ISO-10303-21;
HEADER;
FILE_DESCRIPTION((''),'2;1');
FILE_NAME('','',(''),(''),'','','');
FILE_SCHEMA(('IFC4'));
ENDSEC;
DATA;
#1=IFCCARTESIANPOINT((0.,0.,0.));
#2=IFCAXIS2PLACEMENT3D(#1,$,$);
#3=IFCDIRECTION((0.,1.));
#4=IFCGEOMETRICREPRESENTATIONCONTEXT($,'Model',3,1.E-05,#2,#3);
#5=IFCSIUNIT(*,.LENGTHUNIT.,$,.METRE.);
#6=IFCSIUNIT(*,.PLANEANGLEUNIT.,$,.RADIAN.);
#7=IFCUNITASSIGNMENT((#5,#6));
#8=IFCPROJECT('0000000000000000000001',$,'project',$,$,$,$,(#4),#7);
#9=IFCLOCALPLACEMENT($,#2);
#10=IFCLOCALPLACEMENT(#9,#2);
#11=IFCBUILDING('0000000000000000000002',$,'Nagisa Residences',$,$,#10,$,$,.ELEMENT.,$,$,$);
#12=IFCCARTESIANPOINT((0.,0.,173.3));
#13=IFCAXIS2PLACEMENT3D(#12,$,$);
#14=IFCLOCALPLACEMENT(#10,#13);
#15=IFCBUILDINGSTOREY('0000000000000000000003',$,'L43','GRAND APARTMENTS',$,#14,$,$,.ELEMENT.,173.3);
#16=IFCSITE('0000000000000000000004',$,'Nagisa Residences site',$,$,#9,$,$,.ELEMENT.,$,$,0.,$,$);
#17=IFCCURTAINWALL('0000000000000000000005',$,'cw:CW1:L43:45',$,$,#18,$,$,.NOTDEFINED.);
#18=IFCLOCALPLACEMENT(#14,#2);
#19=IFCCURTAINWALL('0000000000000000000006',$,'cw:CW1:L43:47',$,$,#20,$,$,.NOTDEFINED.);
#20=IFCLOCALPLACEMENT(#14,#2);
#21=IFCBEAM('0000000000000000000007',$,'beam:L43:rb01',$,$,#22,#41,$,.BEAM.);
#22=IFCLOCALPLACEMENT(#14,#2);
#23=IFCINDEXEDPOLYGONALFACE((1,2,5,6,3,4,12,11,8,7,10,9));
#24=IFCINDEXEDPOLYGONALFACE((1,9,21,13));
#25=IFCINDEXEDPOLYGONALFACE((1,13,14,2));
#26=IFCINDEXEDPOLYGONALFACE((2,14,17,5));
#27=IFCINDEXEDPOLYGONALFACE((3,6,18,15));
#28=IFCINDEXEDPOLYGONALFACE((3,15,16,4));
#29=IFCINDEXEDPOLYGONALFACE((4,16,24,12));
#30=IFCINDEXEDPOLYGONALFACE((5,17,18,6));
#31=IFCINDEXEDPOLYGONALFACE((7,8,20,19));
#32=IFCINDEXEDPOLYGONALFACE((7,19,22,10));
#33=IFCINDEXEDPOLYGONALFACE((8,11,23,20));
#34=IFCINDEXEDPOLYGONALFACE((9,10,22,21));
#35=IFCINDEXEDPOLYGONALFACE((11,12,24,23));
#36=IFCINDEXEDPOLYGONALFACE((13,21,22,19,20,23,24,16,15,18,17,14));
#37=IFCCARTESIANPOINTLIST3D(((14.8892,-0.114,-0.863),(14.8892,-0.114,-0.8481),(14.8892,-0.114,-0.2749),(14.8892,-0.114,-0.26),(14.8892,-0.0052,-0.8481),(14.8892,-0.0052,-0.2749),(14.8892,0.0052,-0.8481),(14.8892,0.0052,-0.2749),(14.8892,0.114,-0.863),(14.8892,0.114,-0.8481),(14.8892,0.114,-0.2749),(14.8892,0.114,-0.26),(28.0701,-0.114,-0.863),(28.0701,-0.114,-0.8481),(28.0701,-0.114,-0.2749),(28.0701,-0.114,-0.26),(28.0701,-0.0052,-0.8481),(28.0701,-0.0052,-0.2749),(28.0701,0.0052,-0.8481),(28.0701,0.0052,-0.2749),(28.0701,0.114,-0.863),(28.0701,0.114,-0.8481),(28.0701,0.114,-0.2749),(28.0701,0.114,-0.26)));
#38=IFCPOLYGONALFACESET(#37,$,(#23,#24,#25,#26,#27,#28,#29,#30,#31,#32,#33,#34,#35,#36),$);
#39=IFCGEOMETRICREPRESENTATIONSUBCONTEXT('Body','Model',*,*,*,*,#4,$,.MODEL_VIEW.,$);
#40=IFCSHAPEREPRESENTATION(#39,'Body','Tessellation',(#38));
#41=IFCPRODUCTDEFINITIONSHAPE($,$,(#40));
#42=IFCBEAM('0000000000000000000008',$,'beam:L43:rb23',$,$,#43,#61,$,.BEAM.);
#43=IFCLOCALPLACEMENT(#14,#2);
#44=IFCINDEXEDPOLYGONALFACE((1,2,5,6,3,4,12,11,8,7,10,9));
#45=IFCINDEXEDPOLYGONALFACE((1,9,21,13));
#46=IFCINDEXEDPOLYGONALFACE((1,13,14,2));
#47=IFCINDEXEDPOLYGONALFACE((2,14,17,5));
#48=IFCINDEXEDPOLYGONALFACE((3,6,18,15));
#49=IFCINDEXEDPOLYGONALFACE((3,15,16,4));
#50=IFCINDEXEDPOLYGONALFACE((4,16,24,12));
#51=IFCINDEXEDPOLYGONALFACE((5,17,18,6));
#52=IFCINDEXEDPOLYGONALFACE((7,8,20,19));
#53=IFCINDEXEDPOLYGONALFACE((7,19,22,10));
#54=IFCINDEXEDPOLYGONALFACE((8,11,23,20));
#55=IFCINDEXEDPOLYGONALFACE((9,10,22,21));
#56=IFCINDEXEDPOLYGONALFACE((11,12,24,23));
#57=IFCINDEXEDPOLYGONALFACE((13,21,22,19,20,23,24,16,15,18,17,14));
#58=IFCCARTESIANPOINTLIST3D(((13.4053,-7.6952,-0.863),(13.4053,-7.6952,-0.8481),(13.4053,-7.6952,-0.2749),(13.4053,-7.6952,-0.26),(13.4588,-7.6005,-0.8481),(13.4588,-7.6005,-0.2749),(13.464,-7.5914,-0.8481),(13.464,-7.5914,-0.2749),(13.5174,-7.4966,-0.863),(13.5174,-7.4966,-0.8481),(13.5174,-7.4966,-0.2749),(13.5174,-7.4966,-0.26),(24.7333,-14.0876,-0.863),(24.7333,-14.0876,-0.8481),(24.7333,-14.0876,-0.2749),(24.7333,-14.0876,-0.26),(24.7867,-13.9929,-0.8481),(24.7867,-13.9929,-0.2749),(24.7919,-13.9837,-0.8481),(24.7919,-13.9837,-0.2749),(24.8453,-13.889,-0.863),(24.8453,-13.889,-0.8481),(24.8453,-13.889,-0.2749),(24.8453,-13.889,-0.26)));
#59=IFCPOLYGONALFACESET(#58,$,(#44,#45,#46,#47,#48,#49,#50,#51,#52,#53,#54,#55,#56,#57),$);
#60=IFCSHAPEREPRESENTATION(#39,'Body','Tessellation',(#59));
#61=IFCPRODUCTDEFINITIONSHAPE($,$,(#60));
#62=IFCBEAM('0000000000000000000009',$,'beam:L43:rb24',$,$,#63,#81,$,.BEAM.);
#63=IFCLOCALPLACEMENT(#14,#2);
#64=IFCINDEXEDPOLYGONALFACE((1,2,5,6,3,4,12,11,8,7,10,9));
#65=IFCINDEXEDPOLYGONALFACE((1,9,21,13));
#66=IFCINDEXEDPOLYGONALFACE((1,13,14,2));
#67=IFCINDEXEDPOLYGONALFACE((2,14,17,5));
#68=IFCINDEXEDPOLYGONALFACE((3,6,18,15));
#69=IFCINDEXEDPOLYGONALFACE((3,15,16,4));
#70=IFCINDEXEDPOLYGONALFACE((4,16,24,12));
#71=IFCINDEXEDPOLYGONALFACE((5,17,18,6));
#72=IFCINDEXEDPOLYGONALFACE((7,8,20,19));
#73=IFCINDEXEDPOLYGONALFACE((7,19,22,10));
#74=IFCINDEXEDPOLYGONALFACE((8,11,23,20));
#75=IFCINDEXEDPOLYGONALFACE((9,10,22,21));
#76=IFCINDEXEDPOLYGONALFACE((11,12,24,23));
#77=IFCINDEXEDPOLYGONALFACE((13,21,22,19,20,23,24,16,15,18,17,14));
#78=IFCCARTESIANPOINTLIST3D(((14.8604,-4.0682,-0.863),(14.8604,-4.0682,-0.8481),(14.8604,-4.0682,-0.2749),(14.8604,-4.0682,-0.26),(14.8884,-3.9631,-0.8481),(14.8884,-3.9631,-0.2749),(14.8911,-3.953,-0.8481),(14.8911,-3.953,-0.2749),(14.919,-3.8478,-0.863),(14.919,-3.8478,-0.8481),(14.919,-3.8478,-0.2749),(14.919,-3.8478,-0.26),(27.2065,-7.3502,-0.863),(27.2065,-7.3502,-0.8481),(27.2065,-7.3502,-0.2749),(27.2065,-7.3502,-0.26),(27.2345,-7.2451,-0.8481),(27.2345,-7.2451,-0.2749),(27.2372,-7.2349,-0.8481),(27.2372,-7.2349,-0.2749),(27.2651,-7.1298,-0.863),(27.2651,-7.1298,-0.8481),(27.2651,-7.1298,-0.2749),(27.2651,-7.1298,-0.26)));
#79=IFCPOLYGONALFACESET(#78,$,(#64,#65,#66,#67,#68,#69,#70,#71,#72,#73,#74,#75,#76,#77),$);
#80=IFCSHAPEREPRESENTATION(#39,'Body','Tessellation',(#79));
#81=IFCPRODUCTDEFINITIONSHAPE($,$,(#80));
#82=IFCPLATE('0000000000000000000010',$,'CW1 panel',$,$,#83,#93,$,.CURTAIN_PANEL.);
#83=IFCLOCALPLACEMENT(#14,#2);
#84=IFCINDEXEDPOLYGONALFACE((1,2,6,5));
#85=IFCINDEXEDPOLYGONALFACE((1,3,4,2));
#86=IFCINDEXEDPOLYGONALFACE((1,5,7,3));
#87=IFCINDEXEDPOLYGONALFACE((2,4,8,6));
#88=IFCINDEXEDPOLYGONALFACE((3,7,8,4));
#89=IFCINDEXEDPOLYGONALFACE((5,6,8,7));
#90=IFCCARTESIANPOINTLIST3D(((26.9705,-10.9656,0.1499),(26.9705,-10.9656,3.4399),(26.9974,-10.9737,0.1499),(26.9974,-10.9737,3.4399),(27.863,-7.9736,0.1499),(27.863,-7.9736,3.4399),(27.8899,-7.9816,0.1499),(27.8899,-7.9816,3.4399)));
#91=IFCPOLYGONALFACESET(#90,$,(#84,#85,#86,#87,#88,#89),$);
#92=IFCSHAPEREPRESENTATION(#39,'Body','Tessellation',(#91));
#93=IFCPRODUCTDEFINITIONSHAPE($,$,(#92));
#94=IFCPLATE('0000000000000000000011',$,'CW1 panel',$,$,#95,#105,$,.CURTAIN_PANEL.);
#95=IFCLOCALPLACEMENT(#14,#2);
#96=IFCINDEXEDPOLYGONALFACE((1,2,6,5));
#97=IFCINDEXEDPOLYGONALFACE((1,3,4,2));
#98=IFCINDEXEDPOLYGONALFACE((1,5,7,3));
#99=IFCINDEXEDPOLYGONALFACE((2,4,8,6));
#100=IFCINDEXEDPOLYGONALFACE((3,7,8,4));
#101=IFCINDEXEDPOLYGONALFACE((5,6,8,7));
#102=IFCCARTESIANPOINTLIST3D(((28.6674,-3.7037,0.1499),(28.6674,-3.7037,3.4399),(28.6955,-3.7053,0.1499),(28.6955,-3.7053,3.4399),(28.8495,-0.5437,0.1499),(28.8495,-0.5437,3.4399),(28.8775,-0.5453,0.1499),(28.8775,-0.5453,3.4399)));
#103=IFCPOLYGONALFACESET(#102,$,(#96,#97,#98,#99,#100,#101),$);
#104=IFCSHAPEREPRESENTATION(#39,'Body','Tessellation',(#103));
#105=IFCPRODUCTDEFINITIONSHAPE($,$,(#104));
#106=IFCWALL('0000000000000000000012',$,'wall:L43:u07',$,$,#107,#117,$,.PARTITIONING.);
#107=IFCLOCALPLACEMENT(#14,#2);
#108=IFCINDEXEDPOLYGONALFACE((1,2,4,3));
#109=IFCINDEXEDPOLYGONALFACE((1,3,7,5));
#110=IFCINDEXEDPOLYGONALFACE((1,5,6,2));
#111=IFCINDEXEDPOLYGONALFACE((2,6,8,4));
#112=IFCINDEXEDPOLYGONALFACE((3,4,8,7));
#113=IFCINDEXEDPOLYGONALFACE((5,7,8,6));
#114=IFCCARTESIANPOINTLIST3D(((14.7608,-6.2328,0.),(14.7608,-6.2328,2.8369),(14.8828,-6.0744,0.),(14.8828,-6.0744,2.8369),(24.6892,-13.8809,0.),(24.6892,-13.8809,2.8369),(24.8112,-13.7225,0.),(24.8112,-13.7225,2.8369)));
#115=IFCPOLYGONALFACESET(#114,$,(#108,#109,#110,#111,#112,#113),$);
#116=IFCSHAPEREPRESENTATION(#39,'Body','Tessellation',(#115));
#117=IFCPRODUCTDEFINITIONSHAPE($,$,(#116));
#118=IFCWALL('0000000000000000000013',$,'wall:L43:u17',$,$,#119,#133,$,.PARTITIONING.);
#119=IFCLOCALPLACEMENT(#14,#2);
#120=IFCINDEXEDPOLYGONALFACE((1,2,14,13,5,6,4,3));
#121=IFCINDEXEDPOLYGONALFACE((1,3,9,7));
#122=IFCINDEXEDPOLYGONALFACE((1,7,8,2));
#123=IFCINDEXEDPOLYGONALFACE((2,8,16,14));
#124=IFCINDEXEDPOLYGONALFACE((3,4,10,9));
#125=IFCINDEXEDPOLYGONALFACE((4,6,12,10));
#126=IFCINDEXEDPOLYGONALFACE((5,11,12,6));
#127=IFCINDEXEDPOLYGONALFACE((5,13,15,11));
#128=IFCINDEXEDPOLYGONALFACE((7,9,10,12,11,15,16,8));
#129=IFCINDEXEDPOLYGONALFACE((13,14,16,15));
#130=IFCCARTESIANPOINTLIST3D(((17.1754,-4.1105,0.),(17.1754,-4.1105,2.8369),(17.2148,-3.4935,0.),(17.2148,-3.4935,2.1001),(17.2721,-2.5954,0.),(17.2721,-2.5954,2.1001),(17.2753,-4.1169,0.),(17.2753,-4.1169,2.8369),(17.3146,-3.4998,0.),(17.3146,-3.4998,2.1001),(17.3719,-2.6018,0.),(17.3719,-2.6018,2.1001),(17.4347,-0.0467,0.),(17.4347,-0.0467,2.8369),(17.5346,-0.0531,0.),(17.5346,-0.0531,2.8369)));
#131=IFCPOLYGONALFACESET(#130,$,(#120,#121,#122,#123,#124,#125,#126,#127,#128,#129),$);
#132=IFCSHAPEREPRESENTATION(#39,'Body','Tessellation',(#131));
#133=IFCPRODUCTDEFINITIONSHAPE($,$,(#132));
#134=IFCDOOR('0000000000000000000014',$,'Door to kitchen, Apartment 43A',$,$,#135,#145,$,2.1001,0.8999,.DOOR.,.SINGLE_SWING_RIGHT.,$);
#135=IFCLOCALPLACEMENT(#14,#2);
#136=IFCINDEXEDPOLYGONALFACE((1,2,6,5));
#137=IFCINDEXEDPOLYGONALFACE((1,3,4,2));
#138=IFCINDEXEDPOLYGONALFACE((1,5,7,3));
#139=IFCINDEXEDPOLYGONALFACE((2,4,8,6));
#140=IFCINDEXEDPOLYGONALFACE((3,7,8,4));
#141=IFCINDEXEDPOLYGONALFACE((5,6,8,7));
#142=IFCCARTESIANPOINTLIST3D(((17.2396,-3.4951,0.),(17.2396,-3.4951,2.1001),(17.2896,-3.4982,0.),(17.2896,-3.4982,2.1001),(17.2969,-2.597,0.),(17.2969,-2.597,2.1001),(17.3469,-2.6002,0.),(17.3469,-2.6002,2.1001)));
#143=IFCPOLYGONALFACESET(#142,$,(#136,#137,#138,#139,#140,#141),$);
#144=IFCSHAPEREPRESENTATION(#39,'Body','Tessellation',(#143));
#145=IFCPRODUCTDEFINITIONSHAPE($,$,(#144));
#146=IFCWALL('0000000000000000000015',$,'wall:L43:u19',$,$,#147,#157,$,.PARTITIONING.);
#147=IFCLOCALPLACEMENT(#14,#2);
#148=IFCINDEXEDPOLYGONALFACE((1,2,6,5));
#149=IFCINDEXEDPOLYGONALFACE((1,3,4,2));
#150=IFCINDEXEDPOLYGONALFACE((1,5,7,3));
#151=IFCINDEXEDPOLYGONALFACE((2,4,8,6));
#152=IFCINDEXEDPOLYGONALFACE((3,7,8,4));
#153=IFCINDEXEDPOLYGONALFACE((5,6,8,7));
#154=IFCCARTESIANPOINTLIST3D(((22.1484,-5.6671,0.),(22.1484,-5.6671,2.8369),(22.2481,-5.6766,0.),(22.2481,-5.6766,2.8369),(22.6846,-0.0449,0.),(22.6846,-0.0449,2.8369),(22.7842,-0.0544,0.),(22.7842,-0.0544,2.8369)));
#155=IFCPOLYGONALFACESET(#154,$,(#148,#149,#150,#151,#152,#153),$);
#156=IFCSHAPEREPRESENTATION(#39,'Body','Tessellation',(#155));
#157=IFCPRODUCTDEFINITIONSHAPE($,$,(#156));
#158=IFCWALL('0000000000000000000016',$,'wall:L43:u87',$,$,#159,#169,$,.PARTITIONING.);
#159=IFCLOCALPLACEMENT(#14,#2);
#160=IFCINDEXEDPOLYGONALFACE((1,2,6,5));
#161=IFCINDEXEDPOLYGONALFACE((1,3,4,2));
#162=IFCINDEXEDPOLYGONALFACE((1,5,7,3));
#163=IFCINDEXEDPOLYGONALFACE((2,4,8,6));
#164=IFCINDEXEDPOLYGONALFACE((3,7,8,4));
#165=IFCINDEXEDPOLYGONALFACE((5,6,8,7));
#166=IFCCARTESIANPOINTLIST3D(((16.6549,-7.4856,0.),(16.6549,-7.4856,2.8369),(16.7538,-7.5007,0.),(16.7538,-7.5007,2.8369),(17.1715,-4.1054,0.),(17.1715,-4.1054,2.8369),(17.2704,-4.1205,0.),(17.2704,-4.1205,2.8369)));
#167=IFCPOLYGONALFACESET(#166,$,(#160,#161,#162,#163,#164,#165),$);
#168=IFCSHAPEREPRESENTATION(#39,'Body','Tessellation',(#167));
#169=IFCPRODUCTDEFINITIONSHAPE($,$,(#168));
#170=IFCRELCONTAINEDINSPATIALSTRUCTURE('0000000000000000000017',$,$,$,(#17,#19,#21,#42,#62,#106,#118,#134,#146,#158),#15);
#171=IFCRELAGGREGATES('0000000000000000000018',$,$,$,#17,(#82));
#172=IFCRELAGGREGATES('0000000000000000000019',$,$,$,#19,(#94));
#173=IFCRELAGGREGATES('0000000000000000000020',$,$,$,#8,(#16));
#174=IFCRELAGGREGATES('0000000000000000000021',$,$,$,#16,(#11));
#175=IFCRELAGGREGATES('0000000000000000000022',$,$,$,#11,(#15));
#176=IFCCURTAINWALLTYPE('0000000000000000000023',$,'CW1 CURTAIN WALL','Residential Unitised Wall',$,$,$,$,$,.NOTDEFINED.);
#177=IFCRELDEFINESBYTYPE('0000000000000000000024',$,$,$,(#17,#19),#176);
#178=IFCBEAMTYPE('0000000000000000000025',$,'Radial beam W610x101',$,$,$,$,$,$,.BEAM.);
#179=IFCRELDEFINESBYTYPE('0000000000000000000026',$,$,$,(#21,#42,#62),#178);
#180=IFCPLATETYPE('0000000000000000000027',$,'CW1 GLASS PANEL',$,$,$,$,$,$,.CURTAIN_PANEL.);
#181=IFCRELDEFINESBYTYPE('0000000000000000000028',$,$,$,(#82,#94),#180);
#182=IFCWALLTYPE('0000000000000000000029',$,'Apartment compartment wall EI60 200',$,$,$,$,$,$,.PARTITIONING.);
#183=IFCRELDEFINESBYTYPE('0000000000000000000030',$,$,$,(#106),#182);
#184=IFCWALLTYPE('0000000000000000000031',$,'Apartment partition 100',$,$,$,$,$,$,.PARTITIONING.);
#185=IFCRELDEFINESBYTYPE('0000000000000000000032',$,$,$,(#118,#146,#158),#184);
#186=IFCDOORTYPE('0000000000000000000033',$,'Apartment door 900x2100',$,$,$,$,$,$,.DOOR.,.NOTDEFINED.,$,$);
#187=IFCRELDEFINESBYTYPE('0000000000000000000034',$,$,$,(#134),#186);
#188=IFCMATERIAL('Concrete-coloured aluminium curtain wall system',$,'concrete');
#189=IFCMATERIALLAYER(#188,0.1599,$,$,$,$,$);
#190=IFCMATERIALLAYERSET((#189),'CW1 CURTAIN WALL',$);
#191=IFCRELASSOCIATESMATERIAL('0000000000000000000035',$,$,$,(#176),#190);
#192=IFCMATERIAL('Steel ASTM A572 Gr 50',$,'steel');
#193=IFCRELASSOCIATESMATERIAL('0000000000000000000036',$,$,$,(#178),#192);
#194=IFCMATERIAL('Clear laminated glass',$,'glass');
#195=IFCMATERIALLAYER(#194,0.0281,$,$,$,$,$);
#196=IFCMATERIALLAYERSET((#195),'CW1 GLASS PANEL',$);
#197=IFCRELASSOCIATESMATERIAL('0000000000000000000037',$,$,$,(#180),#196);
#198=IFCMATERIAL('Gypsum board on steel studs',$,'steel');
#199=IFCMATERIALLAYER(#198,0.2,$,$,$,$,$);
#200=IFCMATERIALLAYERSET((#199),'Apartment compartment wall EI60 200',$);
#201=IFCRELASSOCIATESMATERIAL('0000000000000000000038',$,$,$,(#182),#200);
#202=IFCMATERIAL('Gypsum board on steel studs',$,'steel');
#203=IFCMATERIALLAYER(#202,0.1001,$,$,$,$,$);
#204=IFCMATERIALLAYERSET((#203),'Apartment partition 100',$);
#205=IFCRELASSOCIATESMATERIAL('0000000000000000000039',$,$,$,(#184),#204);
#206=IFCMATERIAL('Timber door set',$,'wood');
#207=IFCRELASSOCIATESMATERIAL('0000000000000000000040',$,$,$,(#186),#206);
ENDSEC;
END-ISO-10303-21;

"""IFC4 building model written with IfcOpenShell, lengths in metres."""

from ifc_helpers import new_model, si_unit, direction, frame, frame_2d, origin, origin_2d, place, context, subcontext, project, spatial, rectangle, i_section, extrude, material, layer, layer_set, material_profile, profile_set, type_object, element, fill, aggregate, save


model = new_model("IFC4")

# Units and contexts
model_context = context("Model", 3, precision=1e-05, world=origin(), true_north=direction((0.0, 1.0)))
body_context = subcontext(model_context, "Body", "Model", "MODEL_VIEW")
ifc_project = project(units=[si_unit("LENGTHUNIT", "METRE"), si_unit("PLANEANGLEUNIT", "RADIAN")], contexts=[model_context])

# Site, building, storey
site_placement = place(None, origin())
site = spatial("IfcSite", under=ifc_project, at=site_placement, Name="Nagisa Residences site", CompositionType="ELEMENT", RefElevation=0.0)
building_placement = place(site_placement, origin())
building = spatial("IfcBuilding", under=site, at=building_placement, Name="Nagisa Residences", CompositionType="ELEMENT")
storey_placement = place(building_placement, frame((0.0, 0.0, 173.3)))
storey = spatial("IfcBuildingStorey", under=building, at=storey_placement, Name="L43", Description="GRAND APARTMENTS", CompositionType="ELEMENT", Elevation=173.3)

# Curtain walls
ifc_material_1 = material(Name="Concrete-coloured aluminium curtain wall system", Category="concrete")
ifc_layer_1 = layer(ifc_material_1, 0.1599)
ifc_layer_set_1 = layer_set([ifc_layer_1], Name="CW1 CURTAIN WALL")
curtain_wall_type = type_object("IfcCurtainWallType", Name="CW1 CURTAIN WALL", Description="Residential Unitised Wall", PredefinedType="NOTDEFINED", material=ifc_layer_set_1)
curtain_wall_1_placement = place(storey_placement, origin())
curtain_wall_1 = element("IfcCurtainWall", 1, at=curtain_wall_1_placement, inside=storey, type_object=curtain_wall_type, Name="cw:CW1:L43:45", PredefinedType="NOTDEFINED")
curtain_wall_2_placement = place(storey_placement, origin())
curtain_wall_2 = element("IfcCurtainWall", 2, at=curtain_wall_2_placement, inside=storey, type_object=curtain_wall_type, Name="cw:CW1:L43:47", PredefinedType="NOTDEFINED")

# Beams
ifc_material_2 = material(Name="Steel ASTM A572 Gr 50", Category="steel")
ifc_material_profile_1 = material_profile(ifc_material_2, i_section(OverallWidth=0.228, OverallDepth=0.603, WebThickness=0.0105, FlangeThickness=0.0149, at=origin_2d()), Name="W610x101")
ifc_profile_set_1 = profile_set([ifc_material_profile_1], Name="Steel ASTM A572 Gr 50")
beam_type_1 = type_object("IfcBeamType", Name="Radial beam W610x101", PredefinedType="BEAM", material=ifc_profile_set_1)
beam_1_placement = place(storey_placement, frame((28.0701, 0.0, -0.5615), z_axis=(-1.0, 0.0, 0.0), x_axis=(0.0, -1.0, 0.0)))
element("IfcBeam", 3, at=beam_1_placement, inside=storey, type_object=beam_type_1, Name="beam:L43:rb01", PredefinedType="BEAM", context=body_context, shape_type="SweptSolid", body=[
    extrude(i_section(OverallWidth=0.228, OverallDepth=0.603, WebThickness=0.0105, FlangeThickness=0.0149, at=origin_2d()), origin(), (0.0, 0.0, 1.0), 13.1809),
])
beam_2_placement = place(storey_placement, frame((24.7893, -13.9883, -0.5615), z_axis=(-0.870905, 0.491452, 0.0), x_axis=(-0.491452, -0.870905, 0.0)))
element("IfcBeam", 4, at=beam_2_placement, inside=storey, type_object=beam_type_1, Name="beam:L43:rb23", PredefinedType="BEAM", context=body_context, shape_type="SweptSolid", body=[
    extrude(i_section(OverallWidth=0.228, OverallDepth=0.603, WebThickness=0.0105, FlangeThickness=0.0149, at=origin_2d()), origin(), (0.0, 0.0, 1.0), 13.0071),
])
beam_3_placement = place(storey_placement, frame((27.2358, -7.24, -0.5615), z_axis=(-0.966436, 0.256907, 0.0), x_axis=(-0.256907, -0.966436, 0.0)))
element("IfcBeam", 5, at=beam_3_placement, inside=storey, type_object=beam_type_1, Name="beam:L43:rb24", PredefinedType="BEAM", context=body_context, shape_type="SweptSolid", body=[
    extrude(i_section(OverallWidth=0.228, OverallDepth=0.603, WebThickness=0.0105, FlangeThickness=0.0149, at=origin_2d()), origin(), (0.0, 0.0, 1.0), 12.7749),
])

# Plates
ifc_material_3 = material(Name="Clear laminated glass", Category="glass")
ifc_layer_2 = layer(ifc_material_3, 0.0281)
ifc_layer_set_2 = layer_set([ifc_layer_2], Name="CW1 GLASS PANEL")
plate_type = type_object("IfcPlateType", Name="CW1 GLASS PANEL", PredefinedType="CURTAIN_PANEL", material=ifc_layer_set_2)
plate_1_placement = place(storey_placement, frame((27.4302, -9.4736, 0.1499), z_axis=(0.0, 0.0, 1.0), x_axis=(0.28586, 0.958271, 0.0)))
plate_1 = element("IfcPlate", 6, at=plate_1_placement, type_object=plate_type, Name="CW1 panel", PredefinedType="CURTAIN_PANEL", context=body_context, shape_type="SweptSolid", body=[
    extrude(rectangle(XDim=3.1223, YDim=0.0281, at=origin_2d()), origin(), (0.0, 0.0, 1.0), 3.29),
])
aggregate(curtain_wall_1, [plate_1])
plate_2_placement = place(storey_placement, frame((28.7725, -2.1245, 0.1499), z_axis=(0.0, 0.0, 1.0), x_axis=(0.057503, 0.998345, 0.0)))
plate_2 = element("IfcPlate", 7, at=plate_2_placement, type_object=plate_type, Name="CW1 panel", PredefinedType="CURTAIN_PANEL", context=body_context, shape_type="SweptSolid", body=[
    extrude(rectangle(XDim=3.1653, YDim=0.0281, at=origin_2d()), origin(), (0.0, 0.0, 1.0), 3.29),
])
aggregate(curtain_wall_2, [plate_2])

# Wall
ifc_material_4 = material(Name="Gypsum board on steel studs", Category="steel")
ifc_layer_3 = layer(ifc_material_4, 0.2)
ifc_layer_set_3 = layer_set([ifc_layer_3], Name="Apartment compartment wall EI60 200")
wall_type_1 = type_object("IfcWallType", Name="Apartment compartment wall EI60 200", PredefinedType="PARTITIONING", material=ifc_layer_set_3)
wall_1_placement = place(storey_placement, frame((14.8218, -6.1536, 0.0), z_axis=(0.0, 0.0, 1.0), x_axis=(0.792203, -0.610258, 0.0)))
element("IfcWall", 8, at=wall_1_placement, inside=storey, type_object=wall_type_1, Name="wall:L43:u07", PredefinedType="PARTITIONING", context=body_context, shape_type="SweptSolid", body=[
    extrude(rectangle(XDim=12.5327, YDim=0.2, at=frame_2d((6.2664, 0.0))), origin(), (0.0, 0.0, 1.0), 2.8369),
])

# Wall, opening, door
ifc_material_5 = material(Name="Gypsum board on steel studs", Category="steel")
ifc_layer_4 = layer(ifc_material_5, 0.1001)
ifc_layer_set_4 = layer_set([ifc_layer_4], Name="Apartment partition 100")
wall_type_2 = type_object("IfcWallType", Name="Apartment partition 100", PredefinedType="PARTITIONING", material=ifc_layer_set_4)
wall_2_placement = place(storey_placement, frame((17.4846, -0.0498, 0.0), z_axis=(0.0, 0.0, 1.0), x_axis=(-0.063673, -0.997971, 0.0)))
wall_2 = element("IfcWall", 9, at=wall_2_placement, inside=storey, type_object=wall_type_2, Name="wall:L43:u17", PredefinedType="PARTITIONING", context=body_context, shape_type="SweptSolid", body=[
    extrude(rectangle(XDim=4.072, YDim=0.1001, at=frame_2d((2.0361, 0.0))), origin(), (0.0, 0.0, 1.0), 2.8369),
])
opening_1_placement = place(wall_2_placement, frame((2.554, 0.0, 0.0)))
opening_1 = element("IfcOpeningElement", 10, at=opening_1_placement, cuts=wall_2, PredefinedType="OPENING", context=body_context, shape_type="SweptSolid", body=[
    extrude(rectangle(XDim=0.8999, YDim=2.1001, at=frame_2d((0.45, 1.05))), frame((0.0, 0.0601, 0.0), z_axis=(0.0, -1.0, 0.0), x_axis=(1.0, 0.0, 0.0)), (0.0, 0.0, 1.0), 0.1201),
])
ifc_material_6 = material(Name="Timber door set", Category="wood")
door_type_1 = type_object("IfcDoorType", Name="Apartment door 900x2100", OperationType="NOTDEFINED", PredefinedType="DOOR", material=ifc_material_6)
door_1_placement = place(opening_1_placement, origin())
door_1 = element("IfcDoor", 11, at=door_1_placement, inside=storey, type_object=door_type_1, Name="Door to kitchen, Apartment 43A", OperationType="SINGLE_SWING_RIGHT", OverallHeight=2.1001, OverallWidth=0.8999, PredefinedType="DOOR", context=body_context, shape_type="SweptSolid", body=[
    extrude(rectangle(XDim=0.8999, YDim=2.1001, at=frame_2d((0.45, 1.05))), frame((0.0, 0.0249, 0.0), z_axis=(0.0, -1.0, 0.0), x_axis=(1.0, 0.0, 0.0)), (0.0, 0.0, 1.0), 0.05),
])
fill(opening_1, door_1)

# Walls
wall_3_placement = place(storey_placement, frame((22.7344, -0.0498, 0.0), z_axis=(0.0, 0.0, 1.0), x_axis=(-0.094927, -0.995484, 0.0)))
element("IfcWall", 12, at=wall_3_placement, inside=storey, type_object=wall_type_2, Name="wall:L43:u19", PredefinedType="PARTITIONING", context=body_context, shape_type="SweptSolid", body=[
    extrude(rectangle(XDim=5.6477, YDim=0.1001, at=frame_2d((2.8237, 0.0))), origin(), (0.0, 0.0, 1.0), 2.8369),
])
wall_4_placement = place(storey_placement, frame((16.7043, -7.4932, 0.0), z_axis=(0.0, 0.0, 1.0), x_axis=(0.151081, 0.988521, 0.0)))
element("IfcWall", 13, at=wall_4_placement, inside=storey, type_object=wall_type_2, Name="wall:L43:u87", PredefinedType="PARTITIONING", context=body_context, shape_type="SweptSolid", body=[
    extrude(rectangle(XDim=3.4194, YDim=0.1001, at=frame_2d((1.7097, 0.0))), origin(), (0.0, 0.0, 1.0), 2.8369),
])

save(model, "model.ifc")
